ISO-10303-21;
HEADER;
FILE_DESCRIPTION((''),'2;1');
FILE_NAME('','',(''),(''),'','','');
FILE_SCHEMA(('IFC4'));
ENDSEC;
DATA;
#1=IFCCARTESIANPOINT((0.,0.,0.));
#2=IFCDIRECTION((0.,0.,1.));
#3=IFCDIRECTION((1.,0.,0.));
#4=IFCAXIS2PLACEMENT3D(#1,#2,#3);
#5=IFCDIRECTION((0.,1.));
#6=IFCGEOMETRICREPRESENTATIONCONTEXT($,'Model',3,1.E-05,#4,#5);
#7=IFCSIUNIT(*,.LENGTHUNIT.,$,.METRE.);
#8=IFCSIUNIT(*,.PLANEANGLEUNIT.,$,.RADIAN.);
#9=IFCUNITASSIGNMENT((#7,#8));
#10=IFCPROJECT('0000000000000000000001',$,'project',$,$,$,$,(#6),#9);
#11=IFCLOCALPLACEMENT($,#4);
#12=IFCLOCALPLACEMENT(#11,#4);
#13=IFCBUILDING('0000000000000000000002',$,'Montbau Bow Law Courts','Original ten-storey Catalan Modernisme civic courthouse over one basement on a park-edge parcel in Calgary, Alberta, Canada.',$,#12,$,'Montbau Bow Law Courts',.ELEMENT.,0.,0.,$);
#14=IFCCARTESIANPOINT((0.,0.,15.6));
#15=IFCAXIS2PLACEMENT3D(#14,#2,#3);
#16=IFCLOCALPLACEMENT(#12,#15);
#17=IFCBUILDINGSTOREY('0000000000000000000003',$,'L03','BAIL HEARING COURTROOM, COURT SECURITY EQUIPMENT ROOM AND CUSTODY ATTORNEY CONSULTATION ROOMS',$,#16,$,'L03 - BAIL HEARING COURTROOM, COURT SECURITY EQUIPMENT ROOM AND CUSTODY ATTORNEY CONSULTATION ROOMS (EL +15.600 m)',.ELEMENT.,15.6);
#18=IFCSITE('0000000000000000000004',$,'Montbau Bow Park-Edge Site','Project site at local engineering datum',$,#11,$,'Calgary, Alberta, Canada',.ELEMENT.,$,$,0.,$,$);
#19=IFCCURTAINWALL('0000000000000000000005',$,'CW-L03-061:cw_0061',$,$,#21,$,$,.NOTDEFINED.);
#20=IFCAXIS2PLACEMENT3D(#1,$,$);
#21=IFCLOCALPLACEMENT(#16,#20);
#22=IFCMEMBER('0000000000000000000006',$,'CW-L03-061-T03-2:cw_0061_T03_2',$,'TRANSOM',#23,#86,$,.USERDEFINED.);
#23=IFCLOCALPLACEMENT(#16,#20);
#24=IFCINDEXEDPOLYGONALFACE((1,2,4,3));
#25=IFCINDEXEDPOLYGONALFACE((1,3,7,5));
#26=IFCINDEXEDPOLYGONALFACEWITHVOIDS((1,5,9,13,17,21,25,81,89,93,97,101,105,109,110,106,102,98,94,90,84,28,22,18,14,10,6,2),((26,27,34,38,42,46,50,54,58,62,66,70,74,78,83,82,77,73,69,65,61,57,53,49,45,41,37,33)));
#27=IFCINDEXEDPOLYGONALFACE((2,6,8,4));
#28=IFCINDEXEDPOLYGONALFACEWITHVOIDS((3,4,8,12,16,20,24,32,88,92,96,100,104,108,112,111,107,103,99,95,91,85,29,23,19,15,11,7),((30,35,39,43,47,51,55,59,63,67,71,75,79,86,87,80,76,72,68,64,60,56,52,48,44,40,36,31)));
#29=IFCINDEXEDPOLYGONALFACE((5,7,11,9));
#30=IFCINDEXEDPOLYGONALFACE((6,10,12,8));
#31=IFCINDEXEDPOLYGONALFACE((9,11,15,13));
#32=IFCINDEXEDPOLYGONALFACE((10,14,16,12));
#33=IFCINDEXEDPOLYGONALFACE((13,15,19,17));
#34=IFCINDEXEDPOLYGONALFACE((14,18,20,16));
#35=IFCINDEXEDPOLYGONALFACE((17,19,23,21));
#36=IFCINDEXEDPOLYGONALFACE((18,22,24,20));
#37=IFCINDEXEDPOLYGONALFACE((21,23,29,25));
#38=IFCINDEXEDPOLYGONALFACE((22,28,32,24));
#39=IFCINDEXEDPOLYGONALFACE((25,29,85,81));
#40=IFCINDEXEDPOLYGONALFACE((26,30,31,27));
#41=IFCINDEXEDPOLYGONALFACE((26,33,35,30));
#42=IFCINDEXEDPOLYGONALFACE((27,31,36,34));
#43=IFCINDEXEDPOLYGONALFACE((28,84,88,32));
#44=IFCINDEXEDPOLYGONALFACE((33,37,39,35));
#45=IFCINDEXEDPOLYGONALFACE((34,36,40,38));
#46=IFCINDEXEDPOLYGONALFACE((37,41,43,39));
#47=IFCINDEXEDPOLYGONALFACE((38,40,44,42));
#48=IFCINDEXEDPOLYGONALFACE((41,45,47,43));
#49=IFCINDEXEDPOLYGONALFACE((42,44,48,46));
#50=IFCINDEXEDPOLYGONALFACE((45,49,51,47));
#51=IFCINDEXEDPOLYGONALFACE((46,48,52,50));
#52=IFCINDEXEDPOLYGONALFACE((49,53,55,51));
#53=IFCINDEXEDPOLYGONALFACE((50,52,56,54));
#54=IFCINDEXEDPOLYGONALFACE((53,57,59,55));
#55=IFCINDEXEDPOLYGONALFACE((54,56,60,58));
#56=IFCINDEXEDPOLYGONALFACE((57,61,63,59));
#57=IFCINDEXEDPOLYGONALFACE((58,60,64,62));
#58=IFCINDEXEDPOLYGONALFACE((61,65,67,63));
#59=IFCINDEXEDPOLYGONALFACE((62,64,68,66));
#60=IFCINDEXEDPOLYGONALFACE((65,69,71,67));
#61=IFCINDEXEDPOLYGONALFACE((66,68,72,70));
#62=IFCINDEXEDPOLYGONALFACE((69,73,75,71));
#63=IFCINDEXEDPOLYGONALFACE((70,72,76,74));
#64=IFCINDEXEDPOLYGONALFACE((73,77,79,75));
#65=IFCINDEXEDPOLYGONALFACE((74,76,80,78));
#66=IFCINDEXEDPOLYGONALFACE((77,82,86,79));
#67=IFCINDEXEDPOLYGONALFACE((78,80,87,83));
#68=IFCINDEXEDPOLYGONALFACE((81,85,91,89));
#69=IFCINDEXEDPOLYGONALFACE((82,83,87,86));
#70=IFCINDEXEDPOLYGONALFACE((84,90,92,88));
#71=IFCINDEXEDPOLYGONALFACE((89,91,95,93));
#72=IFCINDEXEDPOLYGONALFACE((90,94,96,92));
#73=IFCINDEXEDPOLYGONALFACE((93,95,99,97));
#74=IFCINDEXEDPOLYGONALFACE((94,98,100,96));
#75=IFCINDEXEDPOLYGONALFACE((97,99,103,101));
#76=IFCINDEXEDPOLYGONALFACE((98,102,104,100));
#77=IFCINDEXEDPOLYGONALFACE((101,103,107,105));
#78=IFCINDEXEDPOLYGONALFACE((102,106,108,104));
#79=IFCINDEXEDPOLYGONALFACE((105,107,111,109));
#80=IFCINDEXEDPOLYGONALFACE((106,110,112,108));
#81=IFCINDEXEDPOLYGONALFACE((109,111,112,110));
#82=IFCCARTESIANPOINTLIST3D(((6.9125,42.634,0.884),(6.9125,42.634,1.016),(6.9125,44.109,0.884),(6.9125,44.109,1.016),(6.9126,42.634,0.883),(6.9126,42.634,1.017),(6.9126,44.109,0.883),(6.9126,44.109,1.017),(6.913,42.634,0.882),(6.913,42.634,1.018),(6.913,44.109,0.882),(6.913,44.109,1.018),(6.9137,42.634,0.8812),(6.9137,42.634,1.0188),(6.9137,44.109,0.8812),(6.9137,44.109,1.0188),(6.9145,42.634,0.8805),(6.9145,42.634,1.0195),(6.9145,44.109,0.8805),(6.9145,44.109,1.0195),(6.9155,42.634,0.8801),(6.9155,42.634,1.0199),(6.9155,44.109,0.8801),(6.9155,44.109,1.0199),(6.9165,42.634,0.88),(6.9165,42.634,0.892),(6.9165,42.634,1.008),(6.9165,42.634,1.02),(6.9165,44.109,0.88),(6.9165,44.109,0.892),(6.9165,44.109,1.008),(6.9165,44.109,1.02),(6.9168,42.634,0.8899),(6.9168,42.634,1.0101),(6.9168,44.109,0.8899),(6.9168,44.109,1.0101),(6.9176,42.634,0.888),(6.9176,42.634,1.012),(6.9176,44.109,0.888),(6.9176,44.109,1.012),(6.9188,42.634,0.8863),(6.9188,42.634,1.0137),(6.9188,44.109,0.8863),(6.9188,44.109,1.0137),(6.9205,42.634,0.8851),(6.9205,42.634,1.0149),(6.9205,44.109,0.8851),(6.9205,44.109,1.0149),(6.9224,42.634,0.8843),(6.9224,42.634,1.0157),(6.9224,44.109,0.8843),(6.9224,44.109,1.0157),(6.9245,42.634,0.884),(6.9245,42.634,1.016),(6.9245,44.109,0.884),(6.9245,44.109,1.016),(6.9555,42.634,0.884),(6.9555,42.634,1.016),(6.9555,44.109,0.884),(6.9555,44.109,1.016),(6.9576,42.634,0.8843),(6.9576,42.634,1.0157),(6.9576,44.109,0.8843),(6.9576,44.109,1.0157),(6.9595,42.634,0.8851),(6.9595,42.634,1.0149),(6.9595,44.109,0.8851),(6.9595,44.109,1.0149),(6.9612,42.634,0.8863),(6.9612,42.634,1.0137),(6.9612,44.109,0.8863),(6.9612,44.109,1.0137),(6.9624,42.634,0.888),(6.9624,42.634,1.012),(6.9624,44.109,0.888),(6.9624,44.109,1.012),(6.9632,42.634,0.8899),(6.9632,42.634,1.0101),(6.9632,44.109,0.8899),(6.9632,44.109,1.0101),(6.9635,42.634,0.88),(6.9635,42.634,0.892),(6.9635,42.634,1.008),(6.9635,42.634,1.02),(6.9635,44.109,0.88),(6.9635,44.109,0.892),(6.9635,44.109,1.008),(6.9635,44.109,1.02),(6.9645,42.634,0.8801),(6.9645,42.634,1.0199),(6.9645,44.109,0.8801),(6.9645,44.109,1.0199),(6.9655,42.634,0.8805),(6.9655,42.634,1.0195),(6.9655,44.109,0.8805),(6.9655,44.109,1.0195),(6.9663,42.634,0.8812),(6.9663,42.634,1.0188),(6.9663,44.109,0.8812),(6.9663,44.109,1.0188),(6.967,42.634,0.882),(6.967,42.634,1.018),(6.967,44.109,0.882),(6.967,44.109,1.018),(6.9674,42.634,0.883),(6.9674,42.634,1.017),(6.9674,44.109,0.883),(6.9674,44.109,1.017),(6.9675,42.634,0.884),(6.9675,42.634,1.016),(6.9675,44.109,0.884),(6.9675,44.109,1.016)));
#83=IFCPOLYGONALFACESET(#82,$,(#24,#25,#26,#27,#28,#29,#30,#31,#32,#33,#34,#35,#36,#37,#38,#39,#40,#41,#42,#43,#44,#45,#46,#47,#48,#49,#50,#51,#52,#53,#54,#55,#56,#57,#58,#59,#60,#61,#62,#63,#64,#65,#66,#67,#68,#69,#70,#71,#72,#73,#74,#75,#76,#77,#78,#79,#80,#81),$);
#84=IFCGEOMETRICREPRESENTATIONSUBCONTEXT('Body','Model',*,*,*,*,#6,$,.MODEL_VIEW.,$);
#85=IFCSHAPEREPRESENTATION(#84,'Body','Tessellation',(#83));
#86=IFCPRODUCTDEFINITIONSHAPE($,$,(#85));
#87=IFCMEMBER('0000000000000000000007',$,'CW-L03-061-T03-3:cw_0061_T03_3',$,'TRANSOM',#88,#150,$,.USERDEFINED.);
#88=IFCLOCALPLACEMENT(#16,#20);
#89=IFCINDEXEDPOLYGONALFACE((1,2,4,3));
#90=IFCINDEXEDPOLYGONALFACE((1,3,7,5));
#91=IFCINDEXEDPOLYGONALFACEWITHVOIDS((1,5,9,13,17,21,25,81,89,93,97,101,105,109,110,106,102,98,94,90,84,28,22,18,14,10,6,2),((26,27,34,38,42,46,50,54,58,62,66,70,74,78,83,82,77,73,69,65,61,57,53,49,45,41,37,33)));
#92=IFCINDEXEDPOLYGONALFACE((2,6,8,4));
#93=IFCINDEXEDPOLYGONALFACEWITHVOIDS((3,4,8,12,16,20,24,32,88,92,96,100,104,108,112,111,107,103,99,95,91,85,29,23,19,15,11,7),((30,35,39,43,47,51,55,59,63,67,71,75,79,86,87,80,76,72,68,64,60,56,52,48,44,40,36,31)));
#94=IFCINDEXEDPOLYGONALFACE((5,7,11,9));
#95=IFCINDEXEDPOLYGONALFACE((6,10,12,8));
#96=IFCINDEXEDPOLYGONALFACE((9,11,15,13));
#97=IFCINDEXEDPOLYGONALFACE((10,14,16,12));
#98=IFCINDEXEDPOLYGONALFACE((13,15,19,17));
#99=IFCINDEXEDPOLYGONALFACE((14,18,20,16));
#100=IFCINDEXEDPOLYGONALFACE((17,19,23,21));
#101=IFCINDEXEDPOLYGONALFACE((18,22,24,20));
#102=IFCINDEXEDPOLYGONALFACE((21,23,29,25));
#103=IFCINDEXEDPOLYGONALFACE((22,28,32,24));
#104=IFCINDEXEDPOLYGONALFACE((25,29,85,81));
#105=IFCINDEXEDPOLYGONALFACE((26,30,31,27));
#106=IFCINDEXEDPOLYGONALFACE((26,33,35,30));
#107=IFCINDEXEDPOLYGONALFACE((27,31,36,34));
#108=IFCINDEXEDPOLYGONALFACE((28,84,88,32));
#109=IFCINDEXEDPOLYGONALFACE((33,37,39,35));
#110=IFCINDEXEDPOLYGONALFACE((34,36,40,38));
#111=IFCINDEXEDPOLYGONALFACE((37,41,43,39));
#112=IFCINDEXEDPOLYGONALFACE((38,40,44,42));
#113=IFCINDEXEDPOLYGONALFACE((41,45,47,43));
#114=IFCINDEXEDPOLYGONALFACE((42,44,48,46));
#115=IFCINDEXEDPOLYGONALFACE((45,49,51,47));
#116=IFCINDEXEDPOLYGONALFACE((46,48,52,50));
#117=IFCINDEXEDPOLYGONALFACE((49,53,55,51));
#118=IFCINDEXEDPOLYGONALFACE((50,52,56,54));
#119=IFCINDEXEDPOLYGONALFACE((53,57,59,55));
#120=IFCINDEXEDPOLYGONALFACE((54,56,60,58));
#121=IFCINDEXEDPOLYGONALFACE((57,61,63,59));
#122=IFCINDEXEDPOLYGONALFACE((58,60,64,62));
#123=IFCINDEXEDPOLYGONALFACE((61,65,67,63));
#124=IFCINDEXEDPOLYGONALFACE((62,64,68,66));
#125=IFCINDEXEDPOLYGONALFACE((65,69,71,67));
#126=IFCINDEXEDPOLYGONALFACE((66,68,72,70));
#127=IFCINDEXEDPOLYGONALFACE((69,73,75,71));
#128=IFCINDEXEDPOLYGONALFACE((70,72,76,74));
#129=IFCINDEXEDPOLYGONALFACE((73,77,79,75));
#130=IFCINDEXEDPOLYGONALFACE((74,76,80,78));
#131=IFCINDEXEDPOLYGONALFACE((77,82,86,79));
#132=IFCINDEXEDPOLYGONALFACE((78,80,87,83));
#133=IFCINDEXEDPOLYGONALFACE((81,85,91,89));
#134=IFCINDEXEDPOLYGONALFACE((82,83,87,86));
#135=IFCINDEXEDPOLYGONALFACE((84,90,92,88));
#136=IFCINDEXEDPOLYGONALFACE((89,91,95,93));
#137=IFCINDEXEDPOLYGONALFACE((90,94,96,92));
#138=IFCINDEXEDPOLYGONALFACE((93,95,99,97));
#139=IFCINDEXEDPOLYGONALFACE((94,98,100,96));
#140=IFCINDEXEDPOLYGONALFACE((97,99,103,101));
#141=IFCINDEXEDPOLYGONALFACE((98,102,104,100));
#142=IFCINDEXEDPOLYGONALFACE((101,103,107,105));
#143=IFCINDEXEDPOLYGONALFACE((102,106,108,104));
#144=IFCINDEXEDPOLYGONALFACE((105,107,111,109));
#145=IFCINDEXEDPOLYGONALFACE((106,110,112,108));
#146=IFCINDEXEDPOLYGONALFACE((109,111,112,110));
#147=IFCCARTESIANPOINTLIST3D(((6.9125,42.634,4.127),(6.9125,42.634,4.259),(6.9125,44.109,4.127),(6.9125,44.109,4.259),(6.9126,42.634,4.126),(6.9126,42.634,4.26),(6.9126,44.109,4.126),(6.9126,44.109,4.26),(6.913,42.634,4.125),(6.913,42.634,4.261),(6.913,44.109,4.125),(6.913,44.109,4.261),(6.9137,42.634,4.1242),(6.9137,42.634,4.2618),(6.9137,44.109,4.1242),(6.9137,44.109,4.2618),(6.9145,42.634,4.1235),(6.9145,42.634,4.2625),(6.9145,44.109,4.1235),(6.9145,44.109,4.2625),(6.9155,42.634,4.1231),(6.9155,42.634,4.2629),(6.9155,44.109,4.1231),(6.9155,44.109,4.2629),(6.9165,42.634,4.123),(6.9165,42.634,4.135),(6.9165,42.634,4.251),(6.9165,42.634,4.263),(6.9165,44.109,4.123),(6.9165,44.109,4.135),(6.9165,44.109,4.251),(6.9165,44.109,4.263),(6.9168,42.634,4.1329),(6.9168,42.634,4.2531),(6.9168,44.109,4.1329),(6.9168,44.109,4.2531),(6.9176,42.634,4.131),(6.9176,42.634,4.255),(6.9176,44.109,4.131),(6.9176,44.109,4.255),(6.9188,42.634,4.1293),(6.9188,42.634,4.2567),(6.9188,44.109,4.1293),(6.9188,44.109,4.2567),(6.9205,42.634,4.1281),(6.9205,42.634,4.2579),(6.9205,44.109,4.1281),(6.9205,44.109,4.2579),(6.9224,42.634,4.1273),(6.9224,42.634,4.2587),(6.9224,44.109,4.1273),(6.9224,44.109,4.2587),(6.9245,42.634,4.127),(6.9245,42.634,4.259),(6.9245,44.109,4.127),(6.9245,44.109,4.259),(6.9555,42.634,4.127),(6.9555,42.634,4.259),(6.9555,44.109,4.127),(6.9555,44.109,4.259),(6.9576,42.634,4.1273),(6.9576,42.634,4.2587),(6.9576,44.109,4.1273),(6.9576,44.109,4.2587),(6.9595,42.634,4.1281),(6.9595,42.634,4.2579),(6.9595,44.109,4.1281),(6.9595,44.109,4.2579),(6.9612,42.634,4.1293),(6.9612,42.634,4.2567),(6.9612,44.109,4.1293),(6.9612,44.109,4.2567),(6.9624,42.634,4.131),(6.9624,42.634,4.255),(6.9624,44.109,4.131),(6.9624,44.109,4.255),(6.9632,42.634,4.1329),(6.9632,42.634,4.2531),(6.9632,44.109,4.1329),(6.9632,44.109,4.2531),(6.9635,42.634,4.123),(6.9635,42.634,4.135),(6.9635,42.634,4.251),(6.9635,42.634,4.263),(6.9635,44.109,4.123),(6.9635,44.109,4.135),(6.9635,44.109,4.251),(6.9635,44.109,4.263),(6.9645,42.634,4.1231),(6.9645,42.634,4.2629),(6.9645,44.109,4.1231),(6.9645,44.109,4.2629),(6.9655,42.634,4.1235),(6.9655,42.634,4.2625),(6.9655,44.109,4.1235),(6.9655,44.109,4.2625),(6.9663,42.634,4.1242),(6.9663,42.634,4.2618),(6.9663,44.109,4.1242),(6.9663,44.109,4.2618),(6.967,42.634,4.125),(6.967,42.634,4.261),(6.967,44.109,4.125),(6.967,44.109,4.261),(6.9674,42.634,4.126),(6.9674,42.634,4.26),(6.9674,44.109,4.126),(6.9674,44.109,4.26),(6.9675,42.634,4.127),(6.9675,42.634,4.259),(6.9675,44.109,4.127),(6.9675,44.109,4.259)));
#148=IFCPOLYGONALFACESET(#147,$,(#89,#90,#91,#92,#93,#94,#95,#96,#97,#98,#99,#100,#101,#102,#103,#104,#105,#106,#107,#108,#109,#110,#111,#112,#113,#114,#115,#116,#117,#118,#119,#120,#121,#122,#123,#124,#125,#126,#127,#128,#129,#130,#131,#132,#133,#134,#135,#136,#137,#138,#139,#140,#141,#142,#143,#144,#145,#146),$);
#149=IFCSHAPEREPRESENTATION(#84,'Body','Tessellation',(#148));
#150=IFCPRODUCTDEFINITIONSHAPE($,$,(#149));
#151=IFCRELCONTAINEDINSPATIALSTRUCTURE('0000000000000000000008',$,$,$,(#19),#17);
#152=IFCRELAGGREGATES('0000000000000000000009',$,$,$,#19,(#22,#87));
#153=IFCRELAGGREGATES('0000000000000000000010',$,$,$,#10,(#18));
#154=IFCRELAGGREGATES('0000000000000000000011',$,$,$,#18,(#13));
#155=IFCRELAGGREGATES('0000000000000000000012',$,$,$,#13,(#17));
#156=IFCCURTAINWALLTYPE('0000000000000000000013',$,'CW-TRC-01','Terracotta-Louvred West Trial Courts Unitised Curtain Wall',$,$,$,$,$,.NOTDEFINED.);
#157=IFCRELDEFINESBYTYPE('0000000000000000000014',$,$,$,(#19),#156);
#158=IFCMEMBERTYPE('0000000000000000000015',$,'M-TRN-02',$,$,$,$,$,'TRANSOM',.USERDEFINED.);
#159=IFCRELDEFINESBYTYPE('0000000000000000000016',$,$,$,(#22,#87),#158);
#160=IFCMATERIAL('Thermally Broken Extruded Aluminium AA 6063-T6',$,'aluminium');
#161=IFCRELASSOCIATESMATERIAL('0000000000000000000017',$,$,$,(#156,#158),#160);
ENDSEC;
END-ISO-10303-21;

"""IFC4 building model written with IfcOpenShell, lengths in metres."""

from ifc_helpers import new_model, si_unit, direction, frame, origin_with_axes, origin_2d_with_axis, place, context, subcontext, project, spatial, hollow_rectangle, extrude, material, material_profile, profile_set, type_object, element, aggregate, save


model = new_model("IFC4")

# Units and contexts
model_context = context("Model", 3, precision=1e-05, world=origin_with_axes(), true_north=direction((0.0, 1.0)))
body_context = subcontext(model_context, "Body", "Model", "MODEL_VIEW")
ifc_project = project(units=[si_unit("LENGTHUNIT", "METRE"), si_unit("PLANEANGLEUNIT", "RADIAN")], contexts=[model_context])

# Site, building, storey
site_placement = place(None, origin_with_axes())
site = spatial("IfcSite", under=ifc_project, at=site_placement, Name="Montbau Bow Park-Edge Site", Description="Project site at local engineering datum", LongName="Calgary, Alberta, Canada", CompositionType="ELEMENT", RefElevation=0.0)
building_placement = place(site_placement, origin_with_axes())
building = spatial("IfcBuilding", under=site, at=building_placement, Name="Montbau Bow Law Courts", Description="Original ten-storey Catalan Modernisme civic courthouse over one basement on a park-edge parcel in Calgary, Alberta, Canada.", LongName="Montbau Bow Law Courts", CompositionType="ELEMENT", ElevationOfRefHeight=0.0, ElevationOfTerrain=0.0)
storey_placement = place(building_placement, frame((0.0, 0.0, 15.6), z_axis=(0.0, 0.0, 1.0), x_axis=(1.0, 0.0, 0.0)))
storey = spatial("IfcBuildingStorey", under=building, at=storey_placement, Name="L03", Description="BAIL HEARING COURTROOM, COURT SECURITY EQUIPMENT ROOM AND CUSTODY ATTORNEY CONSULTATION ROOMS", LongName="L03 - BAIL HEARING COURTROOM, COURT SECURITY EQUIPMENT ROOM AND CUSTODY ATTORNEY CONSULTATION ROOMS (EL +15.600 m)", CompositionType="ELEMENT", Elevation=15.6)

# Curtain wall, members
ifc_material_1 = material(Name="Thermally Broken Extruded Aluminium AA 6063-T6", Category="aluminium")
curtain_wall_type = type_object("IfcCurtainWallType", Name="CW-TRC-01", Description="Terracotta-Louvred West Trial Courts Unitised Curtain Wall", PredefinedType="NOTDEFINED", material=ifc_material_1)
curtain_wall_placement = place(None, frame((6.94, 39.515, 15.6), z_axis=(0.0, 0.0, 1.0), x_axis=(1.0, 0.0, 0.0)))
curtain_wall = element("IfcCurtainWall", 1, at=curtain_wall_placement, inside=storey, type_object=curtain_wall_type, Name="CW-L03-061:cw_0061", PredefinedType="NOTDEFINED")
ifc_material_profile_1 = material_profile(ifc_material_1, hollow_rectangle(XDim=0.055, YDim=0.14, WallThickness=0.004, InnerFilletRadius=0.008, OuterFilletRadius=0.004, at=origin_2d_with_axis()), Name="CWT-140X55", Category="Main", Priority=0)
ifc_profile_set_1 = profile_set([ifc_material_profile_1], Name="Thermally Broken Extruded Aluminium AA 6063-T6")
member_type_1 = type_object("IfcMemberType", Name="M-TRN-02", ElementType="TRANSOM", PredefinedType="USERDEFINED", material=ifc_profile_set_1)
member_1_placement = place(None, frame((6.94, 42.634, 16.55), z_axis=(0.0, 1.0, 0.0), x_axis=(-1.0, 0.0, 0.0)))
member_1 = element("IfcMember", 2, at=member_1_placement, type_object=member_type_1, Name="CW-L03-061-T03-2:cw_0061_T03_2", ObjectType="TRANSOM", PredefinedType="USERDEFINED", context=body_context, shape_type="SweptSolid", body=[
    extrude(hollow_rectangle(XDim=0.055, YDim=0.14, WallThickness=0.004, InnerFilletRadius=0.008, OuterFilletRadius=0.004, at=origin_2d_with_axis()), origin_with_axes(), (0.0, 0.0, 1.0), 1.475),
])
member_2_placement = place(None, frame((6.94, 42.634, 19.793), z_axis=(0.0, 1.0, 0.0), x_axis=(-1.0, 0.0, 0.0)))
member_2 = element("IfcMember", 3, at=member_2_placement, type_object=member_type_1, Name="CW-L03-061-T03-3:cw_0061_T03_3", ObjectType="TRANSOM", PredefinedType="USERDEFINED", context=body_context, shape_type="SweptSolid", body=[
    extrude(hollow_rectangle(XDim=0.055, YDim=0.14, WallThickness=0.004, InnerFilletRadius=0.008, OuterFilletRadius=0.004, at=origin_2d_with_axis()), origin_with_axes(), (0.0, 0.0, 1.0), 1.475),
])
aggregate(curtain_wall, [member_1, member_2])

save(model, "model.ifc")
